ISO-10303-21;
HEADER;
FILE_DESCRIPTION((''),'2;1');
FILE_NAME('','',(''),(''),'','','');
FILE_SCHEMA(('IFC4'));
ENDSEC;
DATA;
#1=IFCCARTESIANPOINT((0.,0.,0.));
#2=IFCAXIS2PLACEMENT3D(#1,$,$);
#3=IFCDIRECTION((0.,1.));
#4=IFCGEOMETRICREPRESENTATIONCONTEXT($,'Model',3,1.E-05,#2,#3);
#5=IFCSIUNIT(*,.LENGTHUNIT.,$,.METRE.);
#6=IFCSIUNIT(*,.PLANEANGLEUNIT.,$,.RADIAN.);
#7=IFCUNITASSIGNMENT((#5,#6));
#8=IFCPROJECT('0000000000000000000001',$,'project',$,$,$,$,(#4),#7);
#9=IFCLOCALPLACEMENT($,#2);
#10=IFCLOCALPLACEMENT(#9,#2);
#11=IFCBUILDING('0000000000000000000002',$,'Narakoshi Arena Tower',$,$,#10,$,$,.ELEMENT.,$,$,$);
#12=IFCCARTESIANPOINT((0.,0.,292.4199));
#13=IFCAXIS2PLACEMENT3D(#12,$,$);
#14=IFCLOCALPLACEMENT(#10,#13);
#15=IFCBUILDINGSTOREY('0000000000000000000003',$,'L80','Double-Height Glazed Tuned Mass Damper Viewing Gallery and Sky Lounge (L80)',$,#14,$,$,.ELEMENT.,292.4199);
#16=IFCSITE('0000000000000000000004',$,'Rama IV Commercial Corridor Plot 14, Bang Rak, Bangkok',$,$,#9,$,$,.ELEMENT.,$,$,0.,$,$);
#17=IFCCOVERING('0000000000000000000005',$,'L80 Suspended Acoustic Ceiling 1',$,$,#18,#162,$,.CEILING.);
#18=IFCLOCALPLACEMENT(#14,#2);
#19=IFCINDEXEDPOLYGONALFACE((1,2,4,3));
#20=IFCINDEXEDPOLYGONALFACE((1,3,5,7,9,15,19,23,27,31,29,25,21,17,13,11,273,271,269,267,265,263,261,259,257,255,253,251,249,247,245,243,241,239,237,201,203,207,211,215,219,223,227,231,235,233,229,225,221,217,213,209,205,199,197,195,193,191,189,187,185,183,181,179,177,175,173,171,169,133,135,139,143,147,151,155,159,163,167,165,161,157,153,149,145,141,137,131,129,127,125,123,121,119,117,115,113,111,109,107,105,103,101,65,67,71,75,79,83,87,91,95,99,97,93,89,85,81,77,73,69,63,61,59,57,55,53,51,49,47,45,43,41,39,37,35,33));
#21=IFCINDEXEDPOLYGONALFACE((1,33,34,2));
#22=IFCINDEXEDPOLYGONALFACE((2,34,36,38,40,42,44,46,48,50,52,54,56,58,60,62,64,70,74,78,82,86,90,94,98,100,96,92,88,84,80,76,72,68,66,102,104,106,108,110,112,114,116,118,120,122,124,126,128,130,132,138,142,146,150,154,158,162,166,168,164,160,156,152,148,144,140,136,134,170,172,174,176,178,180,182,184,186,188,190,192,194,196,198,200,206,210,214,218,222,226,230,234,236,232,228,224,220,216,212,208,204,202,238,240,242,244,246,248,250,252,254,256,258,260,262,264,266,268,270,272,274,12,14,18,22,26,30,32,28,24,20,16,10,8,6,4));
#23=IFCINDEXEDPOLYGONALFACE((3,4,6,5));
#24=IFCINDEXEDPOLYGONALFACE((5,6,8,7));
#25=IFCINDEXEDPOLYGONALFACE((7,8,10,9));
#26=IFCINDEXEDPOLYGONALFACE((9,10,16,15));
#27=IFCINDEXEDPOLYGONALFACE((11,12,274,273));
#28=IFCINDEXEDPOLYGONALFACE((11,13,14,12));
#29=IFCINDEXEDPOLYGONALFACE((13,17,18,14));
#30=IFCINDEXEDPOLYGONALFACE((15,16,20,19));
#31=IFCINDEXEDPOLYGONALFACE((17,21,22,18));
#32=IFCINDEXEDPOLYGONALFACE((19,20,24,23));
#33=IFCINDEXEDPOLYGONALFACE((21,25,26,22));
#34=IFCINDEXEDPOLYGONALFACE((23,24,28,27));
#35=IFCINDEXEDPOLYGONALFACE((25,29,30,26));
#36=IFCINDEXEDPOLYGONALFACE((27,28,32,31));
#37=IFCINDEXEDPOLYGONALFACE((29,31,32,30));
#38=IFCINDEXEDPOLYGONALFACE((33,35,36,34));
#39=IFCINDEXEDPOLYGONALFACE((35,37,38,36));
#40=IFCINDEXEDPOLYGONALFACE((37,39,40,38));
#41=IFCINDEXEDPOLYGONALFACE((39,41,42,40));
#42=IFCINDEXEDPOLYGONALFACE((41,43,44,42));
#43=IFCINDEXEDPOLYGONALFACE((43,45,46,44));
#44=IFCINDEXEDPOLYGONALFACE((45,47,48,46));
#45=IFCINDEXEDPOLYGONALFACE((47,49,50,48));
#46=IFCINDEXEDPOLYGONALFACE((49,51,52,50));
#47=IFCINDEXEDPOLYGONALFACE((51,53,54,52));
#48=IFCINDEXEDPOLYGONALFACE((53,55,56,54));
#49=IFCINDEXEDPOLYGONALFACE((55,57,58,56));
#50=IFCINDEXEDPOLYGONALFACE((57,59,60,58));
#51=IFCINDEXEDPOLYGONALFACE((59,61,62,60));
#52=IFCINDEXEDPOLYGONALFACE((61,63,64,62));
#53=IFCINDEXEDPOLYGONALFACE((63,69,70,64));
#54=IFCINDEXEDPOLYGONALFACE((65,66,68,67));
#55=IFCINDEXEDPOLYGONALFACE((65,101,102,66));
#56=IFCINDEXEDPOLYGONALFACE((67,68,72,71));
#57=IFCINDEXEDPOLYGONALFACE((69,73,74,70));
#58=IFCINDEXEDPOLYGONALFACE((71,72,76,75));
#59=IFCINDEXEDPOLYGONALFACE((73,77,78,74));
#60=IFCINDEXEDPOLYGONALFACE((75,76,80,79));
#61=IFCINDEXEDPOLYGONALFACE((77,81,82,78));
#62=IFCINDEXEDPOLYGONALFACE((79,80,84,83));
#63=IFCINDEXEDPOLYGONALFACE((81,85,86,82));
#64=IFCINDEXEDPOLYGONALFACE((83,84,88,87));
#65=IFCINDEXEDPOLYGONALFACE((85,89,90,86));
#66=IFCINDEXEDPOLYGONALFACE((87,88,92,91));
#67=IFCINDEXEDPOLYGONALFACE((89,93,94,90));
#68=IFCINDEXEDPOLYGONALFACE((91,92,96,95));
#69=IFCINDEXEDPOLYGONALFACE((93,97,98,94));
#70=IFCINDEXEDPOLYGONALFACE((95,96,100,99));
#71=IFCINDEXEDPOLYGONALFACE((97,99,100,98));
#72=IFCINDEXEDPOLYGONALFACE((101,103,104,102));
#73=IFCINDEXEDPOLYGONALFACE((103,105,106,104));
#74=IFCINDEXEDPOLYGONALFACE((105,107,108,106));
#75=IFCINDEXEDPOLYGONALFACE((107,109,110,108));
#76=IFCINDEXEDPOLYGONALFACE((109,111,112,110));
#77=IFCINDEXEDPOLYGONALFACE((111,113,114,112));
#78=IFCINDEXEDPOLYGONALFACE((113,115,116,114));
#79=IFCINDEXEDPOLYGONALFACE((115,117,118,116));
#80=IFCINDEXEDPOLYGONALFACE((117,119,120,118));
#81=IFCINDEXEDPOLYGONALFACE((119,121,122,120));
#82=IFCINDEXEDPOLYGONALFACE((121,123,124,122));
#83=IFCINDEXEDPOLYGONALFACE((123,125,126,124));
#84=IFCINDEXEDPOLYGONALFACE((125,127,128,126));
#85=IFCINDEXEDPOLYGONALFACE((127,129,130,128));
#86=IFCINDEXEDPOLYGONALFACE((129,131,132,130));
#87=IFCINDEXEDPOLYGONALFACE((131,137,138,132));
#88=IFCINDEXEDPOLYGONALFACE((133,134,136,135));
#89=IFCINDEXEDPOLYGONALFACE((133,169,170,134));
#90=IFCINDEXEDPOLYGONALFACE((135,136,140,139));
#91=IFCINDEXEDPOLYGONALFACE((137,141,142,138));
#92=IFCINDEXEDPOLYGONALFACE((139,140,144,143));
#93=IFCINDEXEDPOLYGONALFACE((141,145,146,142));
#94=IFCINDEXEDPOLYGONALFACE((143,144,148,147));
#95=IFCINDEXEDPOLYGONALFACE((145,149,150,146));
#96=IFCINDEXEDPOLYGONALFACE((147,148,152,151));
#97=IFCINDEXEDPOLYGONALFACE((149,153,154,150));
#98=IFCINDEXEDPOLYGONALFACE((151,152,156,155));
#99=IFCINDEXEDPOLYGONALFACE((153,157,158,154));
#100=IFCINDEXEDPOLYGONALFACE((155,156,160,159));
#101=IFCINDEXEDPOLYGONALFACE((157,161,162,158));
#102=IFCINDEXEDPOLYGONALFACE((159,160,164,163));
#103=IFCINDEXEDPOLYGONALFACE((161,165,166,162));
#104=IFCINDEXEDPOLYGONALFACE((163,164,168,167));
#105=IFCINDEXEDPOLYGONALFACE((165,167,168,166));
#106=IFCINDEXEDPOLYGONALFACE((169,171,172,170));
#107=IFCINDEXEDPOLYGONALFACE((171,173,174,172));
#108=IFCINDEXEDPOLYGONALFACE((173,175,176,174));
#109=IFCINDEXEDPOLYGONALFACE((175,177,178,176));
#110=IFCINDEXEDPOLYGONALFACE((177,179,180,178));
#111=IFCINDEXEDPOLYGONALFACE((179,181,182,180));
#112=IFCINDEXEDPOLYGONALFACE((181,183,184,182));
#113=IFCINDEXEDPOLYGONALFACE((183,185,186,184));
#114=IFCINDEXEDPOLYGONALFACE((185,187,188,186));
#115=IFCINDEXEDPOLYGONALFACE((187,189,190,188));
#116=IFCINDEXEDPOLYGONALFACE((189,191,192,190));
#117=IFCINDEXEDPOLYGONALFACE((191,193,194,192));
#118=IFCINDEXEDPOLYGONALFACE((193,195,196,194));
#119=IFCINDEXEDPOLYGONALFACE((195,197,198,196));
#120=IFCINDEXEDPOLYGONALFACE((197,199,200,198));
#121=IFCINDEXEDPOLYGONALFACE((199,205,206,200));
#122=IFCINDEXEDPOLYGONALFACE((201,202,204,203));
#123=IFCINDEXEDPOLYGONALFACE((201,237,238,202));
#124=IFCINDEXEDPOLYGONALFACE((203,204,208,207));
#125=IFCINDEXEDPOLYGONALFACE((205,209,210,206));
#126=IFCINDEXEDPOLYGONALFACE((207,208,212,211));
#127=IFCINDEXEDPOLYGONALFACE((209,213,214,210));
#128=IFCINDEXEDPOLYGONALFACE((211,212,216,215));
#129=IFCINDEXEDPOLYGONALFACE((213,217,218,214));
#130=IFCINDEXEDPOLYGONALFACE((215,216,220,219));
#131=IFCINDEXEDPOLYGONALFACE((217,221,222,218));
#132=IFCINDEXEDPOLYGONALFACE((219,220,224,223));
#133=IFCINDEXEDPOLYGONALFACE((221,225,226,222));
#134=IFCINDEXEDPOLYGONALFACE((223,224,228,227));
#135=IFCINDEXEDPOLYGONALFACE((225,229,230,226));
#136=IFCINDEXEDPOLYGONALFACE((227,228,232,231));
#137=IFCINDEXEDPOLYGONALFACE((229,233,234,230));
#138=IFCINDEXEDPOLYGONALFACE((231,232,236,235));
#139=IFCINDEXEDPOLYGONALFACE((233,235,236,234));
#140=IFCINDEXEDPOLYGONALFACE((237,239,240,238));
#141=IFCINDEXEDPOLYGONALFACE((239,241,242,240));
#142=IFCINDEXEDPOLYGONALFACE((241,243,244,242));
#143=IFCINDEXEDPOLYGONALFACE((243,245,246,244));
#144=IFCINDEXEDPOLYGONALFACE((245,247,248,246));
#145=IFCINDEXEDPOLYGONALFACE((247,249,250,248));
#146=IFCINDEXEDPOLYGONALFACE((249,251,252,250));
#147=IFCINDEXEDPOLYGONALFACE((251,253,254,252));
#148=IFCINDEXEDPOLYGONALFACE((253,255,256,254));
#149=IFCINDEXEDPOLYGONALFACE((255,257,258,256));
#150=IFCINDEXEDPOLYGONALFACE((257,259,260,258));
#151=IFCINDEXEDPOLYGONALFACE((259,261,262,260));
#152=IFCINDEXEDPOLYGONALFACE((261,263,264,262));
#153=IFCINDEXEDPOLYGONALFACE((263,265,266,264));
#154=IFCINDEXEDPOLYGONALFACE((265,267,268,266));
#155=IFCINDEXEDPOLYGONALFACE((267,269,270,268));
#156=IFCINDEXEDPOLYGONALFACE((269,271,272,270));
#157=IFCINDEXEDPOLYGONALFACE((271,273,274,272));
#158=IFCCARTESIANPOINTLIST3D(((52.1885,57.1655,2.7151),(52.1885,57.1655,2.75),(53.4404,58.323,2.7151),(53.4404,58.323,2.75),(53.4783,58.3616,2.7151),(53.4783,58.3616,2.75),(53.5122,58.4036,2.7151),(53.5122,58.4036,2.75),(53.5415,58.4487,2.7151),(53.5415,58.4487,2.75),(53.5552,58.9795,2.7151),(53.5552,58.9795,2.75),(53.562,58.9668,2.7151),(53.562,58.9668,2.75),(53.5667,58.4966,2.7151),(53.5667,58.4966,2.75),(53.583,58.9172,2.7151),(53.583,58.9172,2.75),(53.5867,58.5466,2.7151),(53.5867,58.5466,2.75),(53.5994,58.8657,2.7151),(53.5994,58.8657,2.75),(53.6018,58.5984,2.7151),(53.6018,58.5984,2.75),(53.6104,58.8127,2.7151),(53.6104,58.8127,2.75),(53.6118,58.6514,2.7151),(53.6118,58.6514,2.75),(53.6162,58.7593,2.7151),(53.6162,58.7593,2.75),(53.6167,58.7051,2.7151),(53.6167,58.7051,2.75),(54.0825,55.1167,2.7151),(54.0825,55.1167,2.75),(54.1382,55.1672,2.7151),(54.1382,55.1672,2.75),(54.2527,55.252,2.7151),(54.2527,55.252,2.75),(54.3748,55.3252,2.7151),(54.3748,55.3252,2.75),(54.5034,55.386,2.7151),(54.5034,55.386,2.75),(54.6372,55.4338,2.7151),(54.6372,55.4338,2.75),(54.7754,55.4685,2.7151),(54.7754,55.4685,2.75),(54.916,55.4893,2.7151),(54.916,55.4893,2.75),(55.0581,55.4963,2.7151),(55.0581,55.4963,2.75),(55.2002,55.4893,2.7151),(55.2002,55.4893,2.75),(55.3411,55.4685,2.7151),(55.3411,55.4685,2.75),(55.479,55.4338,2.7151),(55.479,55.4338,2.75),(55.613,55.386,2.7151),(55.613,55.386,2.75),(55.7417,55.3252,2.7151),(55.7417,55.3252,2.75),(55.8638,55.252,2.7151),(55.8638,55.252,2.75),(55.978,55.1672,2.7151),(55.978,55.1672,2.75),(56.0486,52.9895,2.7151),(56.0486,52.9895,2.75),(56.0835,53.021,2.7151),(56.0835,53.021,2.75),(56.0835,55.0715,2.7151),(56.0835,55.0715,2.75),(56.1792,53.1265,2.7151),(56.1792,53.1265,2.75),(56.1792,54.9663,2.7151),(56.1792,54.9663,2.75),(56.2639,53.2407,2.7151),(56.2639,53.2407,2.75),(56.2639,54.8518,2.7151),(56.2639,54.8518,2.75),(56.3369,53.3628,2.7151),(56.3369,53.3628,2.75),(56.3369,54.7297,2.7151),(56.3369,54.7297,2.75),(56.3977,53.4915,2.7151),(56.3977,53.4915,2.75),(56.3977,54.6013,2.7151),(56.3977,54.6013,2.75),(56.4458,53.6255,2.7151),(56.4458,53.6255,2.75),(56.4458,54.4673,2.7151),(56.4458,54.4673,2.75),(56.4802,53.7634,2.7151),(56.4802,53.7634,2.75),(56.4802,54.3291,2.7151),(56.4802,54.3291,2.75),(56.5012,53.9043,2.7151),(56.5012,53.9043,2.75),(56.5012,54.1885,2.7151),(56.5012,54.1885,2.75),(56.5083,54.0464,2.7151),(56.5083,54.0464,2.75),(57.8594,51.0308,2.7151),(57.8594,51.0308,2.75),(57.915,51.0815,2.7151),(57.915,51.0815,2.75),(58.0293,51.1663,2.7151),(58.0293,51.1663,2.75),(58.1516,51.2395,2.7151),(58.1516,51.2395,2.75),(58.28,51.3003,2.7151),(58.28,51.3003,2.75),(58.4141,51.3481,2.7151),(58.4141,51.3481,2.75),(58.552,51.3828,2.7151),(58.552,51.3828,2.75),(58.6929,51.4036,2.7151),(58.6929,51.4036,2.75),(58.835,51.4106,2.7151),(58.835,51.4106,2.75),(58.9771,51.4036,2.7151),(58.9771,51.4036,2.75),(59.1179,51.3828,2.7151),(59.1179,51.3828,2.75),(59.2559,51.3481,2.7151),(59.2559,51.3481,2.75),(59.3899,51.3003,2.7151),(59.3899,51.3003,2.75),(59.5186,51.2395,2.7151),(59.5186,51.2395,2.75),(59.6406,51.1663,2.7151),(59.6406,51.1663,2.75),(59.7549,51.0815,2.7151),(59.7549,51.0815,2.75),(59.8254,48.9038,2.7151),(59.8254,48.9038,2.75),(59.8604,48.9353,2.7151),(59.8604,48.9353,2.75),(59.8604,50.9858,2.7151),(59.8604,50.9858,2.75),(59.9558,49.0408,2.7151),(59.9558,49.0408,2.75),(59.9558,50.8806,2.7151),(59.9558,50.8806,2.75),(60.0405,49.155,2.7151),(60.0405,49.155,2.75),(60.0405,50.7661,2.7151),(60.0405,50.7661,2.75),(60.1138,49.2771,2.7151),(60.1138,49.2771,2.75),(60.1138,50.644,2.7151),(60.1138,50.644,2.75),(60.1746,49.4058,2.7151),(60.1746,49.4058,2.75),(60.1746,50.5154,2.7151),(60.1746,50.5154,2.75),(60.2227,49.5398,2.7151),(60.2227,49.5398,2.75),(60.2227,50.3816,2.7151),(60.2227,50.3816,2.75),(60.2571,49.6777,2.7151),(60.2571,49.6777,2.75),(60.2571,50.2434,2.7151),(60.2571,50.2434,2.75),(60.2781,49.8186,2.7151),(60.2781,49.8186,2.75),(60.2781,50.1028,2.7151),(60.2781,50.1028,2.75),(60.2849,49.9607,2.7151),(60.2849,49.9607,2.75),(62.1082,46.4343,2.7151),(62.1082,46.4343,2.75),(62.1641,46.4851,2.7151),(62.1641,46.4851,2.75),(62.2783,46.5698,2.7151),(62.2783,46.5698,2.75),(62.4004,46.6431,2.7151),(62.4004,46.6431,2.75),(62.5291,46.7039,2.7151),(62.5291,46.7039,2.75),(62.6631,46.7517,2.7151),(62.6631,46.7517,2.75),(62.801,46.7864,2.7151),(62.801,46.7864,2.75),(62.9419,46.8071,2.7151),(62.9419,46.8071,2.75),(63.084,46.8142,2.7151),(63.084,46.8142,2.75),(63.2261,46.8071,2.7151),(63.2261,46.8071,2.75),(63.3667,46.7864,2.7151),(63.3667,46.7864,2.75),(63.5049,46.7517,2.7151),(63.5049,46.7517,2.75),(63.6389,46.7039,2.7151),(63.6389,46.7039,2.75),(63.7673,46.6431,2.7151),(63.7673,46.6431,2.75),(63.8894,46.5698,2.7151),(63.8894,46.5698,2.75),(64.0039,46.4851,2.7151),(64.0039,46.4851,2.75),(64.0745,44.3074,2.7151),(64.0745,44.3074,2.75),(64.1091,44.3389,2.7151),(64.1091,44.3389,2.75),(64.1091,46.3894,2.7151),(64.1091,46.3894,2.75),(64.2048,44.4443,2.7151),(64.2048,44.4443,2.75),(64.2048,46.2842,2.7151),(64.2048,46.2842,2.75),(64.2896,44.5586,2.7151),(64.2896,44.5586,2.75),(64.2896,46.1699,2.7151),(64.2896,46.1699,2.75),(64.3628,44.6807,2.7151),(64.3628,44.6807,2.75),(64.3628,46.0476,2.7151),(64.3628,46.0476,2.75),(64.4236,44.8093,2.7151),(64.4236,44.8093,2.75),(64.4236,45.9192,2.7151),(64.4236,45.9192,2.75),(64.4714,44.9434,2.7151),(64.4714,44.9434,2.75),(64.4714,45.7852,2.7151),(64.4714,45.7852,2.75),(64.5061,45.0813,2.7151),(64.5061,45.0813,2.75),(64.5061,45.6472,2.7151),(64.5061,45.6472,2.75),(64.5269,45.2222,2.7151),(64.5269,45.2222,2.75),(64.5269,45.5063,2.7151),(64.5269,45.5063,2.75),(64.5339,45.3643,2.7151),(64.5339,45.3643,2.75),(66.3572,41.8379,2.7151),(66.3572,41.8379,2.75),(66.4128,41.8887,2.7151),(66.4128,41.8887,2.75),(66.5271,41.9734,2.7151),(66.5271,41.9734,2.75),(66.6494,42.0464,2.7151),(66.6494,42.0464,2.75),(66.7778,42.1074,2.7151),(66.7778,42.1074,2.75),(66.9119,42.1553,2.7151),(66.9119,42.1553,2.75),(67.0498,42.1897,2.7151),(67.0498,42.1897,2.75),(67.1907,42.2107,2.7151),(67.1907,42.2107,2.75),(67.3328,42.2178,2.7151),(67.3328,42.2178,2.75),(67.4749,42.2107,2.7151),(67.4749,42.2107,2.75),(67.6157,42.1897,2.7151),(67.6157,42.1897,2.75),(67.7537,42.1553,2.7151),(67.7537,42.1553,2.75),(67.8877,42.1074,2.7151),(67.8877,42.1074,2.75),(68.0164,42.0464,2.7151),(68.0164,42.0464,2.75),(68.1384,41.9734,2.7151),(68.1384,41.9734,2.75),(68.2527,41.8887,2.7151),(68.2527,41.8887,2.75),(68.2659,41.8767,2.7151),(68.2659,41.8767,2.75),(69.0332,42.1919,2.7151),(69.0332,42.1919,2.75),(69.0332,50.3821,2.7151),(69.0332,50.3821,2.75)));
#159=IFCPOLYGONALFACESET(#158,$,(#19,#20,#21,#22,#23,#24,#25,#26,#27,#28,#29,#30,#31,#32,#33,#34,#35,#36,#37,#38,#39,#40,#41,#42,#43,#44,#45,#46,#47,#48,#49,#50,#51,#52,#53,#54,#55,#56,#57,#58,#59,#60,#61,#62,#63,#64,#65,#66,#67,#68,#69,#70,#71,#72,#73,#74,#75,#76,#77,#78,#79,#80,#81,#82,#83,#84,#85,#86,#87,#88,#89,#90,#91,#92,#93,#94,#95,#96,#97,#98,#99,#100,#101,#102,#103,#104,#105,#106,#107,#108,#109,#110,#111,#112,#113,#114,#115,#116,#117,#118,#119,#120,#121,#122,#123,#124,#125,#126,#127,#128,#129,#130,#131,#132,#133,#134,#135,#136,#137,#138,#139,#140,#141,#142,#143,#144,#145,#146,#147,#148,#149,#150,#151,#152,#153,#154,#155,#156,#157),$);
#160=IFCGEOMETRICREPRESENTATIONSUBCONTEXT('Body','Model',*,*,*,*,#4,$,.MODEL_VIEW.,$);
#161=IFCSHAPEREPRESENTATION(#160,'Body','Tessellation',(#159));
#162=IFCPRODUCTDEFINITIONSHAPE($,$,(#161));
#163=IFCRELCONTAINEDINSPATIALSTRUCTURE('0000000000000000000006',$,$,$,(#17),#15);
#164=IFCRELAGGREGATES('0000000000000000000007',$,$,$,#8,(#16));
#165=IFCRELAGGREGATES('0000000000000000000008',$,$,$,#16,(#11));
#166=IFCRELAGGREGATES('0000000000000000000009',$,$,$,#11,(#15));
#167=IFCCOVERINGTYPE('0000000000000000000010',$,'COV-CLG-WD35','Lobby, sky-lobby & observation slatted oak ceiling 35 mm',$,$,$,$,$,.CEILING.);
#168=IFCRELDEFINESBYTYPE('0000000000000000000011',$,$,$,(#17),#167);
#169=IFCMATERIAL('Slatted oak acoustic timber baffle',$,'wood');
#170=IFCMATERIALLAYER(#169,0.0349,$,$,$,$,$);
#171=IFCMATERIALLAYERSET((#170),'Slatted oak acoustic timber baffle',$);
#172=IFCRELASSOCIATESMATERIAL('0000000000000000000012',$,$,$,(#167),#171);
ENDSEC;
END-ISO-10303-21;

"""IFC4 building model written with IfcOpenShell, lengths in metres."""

from ifc_helpers import new_model, si_unit, direction, frame, origin, place, context, subcontext, project, spatial, polyline, outline, extrude, material, layer, layer_set, type_object, element, save


model = new_model("IFC4")

# Units and contexts
model_context = context("Model", 3, precision=1e-05, world=origin(), true_north=direction((0.0, 1.0)))
body_context = subcontext(model_context, "Body", "Model", "MODEL_VIEW")
ifc_project = project(units=[si_unit("LENGTHUNIT", "METRE"), si_unit("PLANEANGLEUNIT", "RADIAN")], contexts=[model_context])

# Site, building, storey
site_placement = place(None, origin())
site = spatial("IfcSite", under=ifc_project, at=site_placement, Name="Rama IV Commercial Corridor Plot 14, Bang Rak, Bangkok", CompositionType="ELEMENT", RefElevation=0.0)
building_placement = place(site_placement, origin())
building = spatial("IfcBuilding", under=site, at=building_placement, Name="Narakoshi Arena Tower", CompositionType="ELEMENT")
storey_placement = place(building_placement, frame((0.0, 0.0, 292.4199)))
storey = spatial("IfcBuildingStorey", under=building, at=storey_placement, Name="L80", Description="Double-Height Glazed Tuned Mass Damper Viewing Gallery and Sky Lounge (L80)", CompositionType="ELEMENT", Elevation=292.4199)

# Covering
ifc_material_1 = material(Name="Slatted oak acoustic timber baffle", Category="wood")
ifc_layer_1 = layer(ifc_material_1, 0.0349)
ifc_layer_set_1 = layer_set([ifc_layer_1], Name="Slatted oak acoustic timber baffle")
covering_type_1 = type_object("IfcCoveringType", Name="COV-CLG-WD35", Description="Lobby, sky-lobby & observation slatted oak ceiling 35 mm", PredefinedType="CEILING", material=ifc_layer_set_1)
covering_1_placement = place(storey_placement, frame((0.0, 0.0, 2.7151)))
element("IfcCovering", 1, at=covering_1_placement, inside=storey, type_object=covering_type_1, Name="L80 Suspended Acoustic Ceiling 1", PredefinedType="CEILING", context=body_context, shape_type="SweptSolid", body=[
    extrude(outline(polyline([(69.0332, 50.3821), (69.0332, 42.1919), (68.2659, 41.8767), (68.2527, 41.8887), (68.1384, 41.9734), (68.0164, 42.0464), (67.8877, 42.1074), (67.7537, 42.1553), (67.6157, 42.1897), (67.4749, 42.2107), (67.3328, 42.2178), (67.1907, 42.2107), (67.0498, 42.1897), (66.9119, 42.1553), (66.7778, 42.1074), (66.6494, 42.0464), (66.5271, 41.9734), (66.4128, 41.8887), (66.3572, 41.8379), (64.0745, 44.3074), (64.1091, 44.3389), (64.2048, 44.4443), (64.2896, 44.5586), (64.3628, 44.6807), (64.4236, 44.8093), (64.4714, 44.9434), (64.5061, 45.0813), (64.5269, 45.2222), (64.5339, 45.3643), (64.5269, 45.5063), (64.5061, 45.6472), (64.4714, 45.7852), (64.4236, 45.9192), (64.3628, 46.0476), (64.2896, 46.1699), (64.2048, 46.2842), (64.1091, 46.3894), (64.0039, 46.4851), (63.8894, 46.5698), (63.7673, 46.6431), (63.6389, 46.7039), (63.5049, 46.7517), (63.3667, 46.7864), (63.2261, 46.8071), (63.084, 46.8142), (62.9419, 46.8071), (62.801, 46.7864), (62.6631, 46.7517), (62.5291, 46.7039), (62.4004, 46.6431), (62.2783, 46.5698), (62.1641, 46.4851), (62.1082, 46.4343), (59.8254, 48.9038), (59.8604, 48.9353), (59.9558, 49.0408), (60.0405, 49.155), (60.1138, 49.2771), (60.1746, 49.4058), (60.2227, 49.5398), (60.2571, 49.6777), (60.2781, 49.8186), (60.2849, 49.9607), (60.2781, 50.1028), (60.2571, 50.2434), (60.2227, 50.3816), (60.1746, 50.5154), (60.1138, 50.644), (60.0405, 50.7661), (59.9558, 50.8806), (59.8604, 50.9858), (59.7549, 51.0815), (59.6406, 51.1663), (59.5186, 51.2395), (59.3899, 51.3003), (59.2559, 51.3481), (59.1179, 51.3828), (58.9771, 51.4036), (58.835, 51.4106), (58.6929, 51.4036), (58.552, 51.3828), (58.4141, 51.3481), (58.28, 51.3003), (58.1516, 51.2395), (58.0293, 51.1663), (57.915, 51.0815), (57.8594, 51.0308), (56.0486, 52.9895), (56.0835, 53.021), (56.1792, 53.1265), (56.2639, 53.2407), (56.3369, 53.3628), (56.3977, 53.4915), (56.4458, 53.6255), (56.4802, 53.7634), (56.5012, 53.9043), (56.5083, 54.0464), (56.5012, 54.1885), (56.4802, 54.3291), (56.4458, 54.4673), (56.3977, 54.6013), (56.3369, 54.7297), (56.2639, 54.8518), (56.1792, 54.9663), (56.0835, 55.0715), (55.978, 55.1672), (55.8638, 55.252), (55.7417, 55.3252), (55.613, 55.386), (55.479, 55.4338), (55.3411, 55.4685), (55.2002, 55.4893), (55.0581, 55.4963), (54.916, 55.4893), (54.7754, 55.4685), (54.6372, 55.4338), (54.5034, 55.386), (54.3748, 55.3252), (54.2527, 55.252), (54.1382, 55.1672), (54.0825, 55.1167), (52.1885, 57.1655), (53.4404, 58.323), (53.4783, 58.3616), (53.5122, 58.4036), (53.5415, 58.4487), (53.5667, 58.4966), (53.5867, 58.5466), (53.6018, 58.5984), (53.6118, 58.6514), (53.6167, 58.7051), (53.6162, 58.7593), (53.6104, 58.8127), (53.5994, 58.8657), (53.583, 58.9172), (53.562, 58.9668), (53.5552, 58.9795), (69.0332, 50.3821)])), origin(), (0.0, 0.0, 1.0), 0.0349),
])

save(model, "model.ifc")
